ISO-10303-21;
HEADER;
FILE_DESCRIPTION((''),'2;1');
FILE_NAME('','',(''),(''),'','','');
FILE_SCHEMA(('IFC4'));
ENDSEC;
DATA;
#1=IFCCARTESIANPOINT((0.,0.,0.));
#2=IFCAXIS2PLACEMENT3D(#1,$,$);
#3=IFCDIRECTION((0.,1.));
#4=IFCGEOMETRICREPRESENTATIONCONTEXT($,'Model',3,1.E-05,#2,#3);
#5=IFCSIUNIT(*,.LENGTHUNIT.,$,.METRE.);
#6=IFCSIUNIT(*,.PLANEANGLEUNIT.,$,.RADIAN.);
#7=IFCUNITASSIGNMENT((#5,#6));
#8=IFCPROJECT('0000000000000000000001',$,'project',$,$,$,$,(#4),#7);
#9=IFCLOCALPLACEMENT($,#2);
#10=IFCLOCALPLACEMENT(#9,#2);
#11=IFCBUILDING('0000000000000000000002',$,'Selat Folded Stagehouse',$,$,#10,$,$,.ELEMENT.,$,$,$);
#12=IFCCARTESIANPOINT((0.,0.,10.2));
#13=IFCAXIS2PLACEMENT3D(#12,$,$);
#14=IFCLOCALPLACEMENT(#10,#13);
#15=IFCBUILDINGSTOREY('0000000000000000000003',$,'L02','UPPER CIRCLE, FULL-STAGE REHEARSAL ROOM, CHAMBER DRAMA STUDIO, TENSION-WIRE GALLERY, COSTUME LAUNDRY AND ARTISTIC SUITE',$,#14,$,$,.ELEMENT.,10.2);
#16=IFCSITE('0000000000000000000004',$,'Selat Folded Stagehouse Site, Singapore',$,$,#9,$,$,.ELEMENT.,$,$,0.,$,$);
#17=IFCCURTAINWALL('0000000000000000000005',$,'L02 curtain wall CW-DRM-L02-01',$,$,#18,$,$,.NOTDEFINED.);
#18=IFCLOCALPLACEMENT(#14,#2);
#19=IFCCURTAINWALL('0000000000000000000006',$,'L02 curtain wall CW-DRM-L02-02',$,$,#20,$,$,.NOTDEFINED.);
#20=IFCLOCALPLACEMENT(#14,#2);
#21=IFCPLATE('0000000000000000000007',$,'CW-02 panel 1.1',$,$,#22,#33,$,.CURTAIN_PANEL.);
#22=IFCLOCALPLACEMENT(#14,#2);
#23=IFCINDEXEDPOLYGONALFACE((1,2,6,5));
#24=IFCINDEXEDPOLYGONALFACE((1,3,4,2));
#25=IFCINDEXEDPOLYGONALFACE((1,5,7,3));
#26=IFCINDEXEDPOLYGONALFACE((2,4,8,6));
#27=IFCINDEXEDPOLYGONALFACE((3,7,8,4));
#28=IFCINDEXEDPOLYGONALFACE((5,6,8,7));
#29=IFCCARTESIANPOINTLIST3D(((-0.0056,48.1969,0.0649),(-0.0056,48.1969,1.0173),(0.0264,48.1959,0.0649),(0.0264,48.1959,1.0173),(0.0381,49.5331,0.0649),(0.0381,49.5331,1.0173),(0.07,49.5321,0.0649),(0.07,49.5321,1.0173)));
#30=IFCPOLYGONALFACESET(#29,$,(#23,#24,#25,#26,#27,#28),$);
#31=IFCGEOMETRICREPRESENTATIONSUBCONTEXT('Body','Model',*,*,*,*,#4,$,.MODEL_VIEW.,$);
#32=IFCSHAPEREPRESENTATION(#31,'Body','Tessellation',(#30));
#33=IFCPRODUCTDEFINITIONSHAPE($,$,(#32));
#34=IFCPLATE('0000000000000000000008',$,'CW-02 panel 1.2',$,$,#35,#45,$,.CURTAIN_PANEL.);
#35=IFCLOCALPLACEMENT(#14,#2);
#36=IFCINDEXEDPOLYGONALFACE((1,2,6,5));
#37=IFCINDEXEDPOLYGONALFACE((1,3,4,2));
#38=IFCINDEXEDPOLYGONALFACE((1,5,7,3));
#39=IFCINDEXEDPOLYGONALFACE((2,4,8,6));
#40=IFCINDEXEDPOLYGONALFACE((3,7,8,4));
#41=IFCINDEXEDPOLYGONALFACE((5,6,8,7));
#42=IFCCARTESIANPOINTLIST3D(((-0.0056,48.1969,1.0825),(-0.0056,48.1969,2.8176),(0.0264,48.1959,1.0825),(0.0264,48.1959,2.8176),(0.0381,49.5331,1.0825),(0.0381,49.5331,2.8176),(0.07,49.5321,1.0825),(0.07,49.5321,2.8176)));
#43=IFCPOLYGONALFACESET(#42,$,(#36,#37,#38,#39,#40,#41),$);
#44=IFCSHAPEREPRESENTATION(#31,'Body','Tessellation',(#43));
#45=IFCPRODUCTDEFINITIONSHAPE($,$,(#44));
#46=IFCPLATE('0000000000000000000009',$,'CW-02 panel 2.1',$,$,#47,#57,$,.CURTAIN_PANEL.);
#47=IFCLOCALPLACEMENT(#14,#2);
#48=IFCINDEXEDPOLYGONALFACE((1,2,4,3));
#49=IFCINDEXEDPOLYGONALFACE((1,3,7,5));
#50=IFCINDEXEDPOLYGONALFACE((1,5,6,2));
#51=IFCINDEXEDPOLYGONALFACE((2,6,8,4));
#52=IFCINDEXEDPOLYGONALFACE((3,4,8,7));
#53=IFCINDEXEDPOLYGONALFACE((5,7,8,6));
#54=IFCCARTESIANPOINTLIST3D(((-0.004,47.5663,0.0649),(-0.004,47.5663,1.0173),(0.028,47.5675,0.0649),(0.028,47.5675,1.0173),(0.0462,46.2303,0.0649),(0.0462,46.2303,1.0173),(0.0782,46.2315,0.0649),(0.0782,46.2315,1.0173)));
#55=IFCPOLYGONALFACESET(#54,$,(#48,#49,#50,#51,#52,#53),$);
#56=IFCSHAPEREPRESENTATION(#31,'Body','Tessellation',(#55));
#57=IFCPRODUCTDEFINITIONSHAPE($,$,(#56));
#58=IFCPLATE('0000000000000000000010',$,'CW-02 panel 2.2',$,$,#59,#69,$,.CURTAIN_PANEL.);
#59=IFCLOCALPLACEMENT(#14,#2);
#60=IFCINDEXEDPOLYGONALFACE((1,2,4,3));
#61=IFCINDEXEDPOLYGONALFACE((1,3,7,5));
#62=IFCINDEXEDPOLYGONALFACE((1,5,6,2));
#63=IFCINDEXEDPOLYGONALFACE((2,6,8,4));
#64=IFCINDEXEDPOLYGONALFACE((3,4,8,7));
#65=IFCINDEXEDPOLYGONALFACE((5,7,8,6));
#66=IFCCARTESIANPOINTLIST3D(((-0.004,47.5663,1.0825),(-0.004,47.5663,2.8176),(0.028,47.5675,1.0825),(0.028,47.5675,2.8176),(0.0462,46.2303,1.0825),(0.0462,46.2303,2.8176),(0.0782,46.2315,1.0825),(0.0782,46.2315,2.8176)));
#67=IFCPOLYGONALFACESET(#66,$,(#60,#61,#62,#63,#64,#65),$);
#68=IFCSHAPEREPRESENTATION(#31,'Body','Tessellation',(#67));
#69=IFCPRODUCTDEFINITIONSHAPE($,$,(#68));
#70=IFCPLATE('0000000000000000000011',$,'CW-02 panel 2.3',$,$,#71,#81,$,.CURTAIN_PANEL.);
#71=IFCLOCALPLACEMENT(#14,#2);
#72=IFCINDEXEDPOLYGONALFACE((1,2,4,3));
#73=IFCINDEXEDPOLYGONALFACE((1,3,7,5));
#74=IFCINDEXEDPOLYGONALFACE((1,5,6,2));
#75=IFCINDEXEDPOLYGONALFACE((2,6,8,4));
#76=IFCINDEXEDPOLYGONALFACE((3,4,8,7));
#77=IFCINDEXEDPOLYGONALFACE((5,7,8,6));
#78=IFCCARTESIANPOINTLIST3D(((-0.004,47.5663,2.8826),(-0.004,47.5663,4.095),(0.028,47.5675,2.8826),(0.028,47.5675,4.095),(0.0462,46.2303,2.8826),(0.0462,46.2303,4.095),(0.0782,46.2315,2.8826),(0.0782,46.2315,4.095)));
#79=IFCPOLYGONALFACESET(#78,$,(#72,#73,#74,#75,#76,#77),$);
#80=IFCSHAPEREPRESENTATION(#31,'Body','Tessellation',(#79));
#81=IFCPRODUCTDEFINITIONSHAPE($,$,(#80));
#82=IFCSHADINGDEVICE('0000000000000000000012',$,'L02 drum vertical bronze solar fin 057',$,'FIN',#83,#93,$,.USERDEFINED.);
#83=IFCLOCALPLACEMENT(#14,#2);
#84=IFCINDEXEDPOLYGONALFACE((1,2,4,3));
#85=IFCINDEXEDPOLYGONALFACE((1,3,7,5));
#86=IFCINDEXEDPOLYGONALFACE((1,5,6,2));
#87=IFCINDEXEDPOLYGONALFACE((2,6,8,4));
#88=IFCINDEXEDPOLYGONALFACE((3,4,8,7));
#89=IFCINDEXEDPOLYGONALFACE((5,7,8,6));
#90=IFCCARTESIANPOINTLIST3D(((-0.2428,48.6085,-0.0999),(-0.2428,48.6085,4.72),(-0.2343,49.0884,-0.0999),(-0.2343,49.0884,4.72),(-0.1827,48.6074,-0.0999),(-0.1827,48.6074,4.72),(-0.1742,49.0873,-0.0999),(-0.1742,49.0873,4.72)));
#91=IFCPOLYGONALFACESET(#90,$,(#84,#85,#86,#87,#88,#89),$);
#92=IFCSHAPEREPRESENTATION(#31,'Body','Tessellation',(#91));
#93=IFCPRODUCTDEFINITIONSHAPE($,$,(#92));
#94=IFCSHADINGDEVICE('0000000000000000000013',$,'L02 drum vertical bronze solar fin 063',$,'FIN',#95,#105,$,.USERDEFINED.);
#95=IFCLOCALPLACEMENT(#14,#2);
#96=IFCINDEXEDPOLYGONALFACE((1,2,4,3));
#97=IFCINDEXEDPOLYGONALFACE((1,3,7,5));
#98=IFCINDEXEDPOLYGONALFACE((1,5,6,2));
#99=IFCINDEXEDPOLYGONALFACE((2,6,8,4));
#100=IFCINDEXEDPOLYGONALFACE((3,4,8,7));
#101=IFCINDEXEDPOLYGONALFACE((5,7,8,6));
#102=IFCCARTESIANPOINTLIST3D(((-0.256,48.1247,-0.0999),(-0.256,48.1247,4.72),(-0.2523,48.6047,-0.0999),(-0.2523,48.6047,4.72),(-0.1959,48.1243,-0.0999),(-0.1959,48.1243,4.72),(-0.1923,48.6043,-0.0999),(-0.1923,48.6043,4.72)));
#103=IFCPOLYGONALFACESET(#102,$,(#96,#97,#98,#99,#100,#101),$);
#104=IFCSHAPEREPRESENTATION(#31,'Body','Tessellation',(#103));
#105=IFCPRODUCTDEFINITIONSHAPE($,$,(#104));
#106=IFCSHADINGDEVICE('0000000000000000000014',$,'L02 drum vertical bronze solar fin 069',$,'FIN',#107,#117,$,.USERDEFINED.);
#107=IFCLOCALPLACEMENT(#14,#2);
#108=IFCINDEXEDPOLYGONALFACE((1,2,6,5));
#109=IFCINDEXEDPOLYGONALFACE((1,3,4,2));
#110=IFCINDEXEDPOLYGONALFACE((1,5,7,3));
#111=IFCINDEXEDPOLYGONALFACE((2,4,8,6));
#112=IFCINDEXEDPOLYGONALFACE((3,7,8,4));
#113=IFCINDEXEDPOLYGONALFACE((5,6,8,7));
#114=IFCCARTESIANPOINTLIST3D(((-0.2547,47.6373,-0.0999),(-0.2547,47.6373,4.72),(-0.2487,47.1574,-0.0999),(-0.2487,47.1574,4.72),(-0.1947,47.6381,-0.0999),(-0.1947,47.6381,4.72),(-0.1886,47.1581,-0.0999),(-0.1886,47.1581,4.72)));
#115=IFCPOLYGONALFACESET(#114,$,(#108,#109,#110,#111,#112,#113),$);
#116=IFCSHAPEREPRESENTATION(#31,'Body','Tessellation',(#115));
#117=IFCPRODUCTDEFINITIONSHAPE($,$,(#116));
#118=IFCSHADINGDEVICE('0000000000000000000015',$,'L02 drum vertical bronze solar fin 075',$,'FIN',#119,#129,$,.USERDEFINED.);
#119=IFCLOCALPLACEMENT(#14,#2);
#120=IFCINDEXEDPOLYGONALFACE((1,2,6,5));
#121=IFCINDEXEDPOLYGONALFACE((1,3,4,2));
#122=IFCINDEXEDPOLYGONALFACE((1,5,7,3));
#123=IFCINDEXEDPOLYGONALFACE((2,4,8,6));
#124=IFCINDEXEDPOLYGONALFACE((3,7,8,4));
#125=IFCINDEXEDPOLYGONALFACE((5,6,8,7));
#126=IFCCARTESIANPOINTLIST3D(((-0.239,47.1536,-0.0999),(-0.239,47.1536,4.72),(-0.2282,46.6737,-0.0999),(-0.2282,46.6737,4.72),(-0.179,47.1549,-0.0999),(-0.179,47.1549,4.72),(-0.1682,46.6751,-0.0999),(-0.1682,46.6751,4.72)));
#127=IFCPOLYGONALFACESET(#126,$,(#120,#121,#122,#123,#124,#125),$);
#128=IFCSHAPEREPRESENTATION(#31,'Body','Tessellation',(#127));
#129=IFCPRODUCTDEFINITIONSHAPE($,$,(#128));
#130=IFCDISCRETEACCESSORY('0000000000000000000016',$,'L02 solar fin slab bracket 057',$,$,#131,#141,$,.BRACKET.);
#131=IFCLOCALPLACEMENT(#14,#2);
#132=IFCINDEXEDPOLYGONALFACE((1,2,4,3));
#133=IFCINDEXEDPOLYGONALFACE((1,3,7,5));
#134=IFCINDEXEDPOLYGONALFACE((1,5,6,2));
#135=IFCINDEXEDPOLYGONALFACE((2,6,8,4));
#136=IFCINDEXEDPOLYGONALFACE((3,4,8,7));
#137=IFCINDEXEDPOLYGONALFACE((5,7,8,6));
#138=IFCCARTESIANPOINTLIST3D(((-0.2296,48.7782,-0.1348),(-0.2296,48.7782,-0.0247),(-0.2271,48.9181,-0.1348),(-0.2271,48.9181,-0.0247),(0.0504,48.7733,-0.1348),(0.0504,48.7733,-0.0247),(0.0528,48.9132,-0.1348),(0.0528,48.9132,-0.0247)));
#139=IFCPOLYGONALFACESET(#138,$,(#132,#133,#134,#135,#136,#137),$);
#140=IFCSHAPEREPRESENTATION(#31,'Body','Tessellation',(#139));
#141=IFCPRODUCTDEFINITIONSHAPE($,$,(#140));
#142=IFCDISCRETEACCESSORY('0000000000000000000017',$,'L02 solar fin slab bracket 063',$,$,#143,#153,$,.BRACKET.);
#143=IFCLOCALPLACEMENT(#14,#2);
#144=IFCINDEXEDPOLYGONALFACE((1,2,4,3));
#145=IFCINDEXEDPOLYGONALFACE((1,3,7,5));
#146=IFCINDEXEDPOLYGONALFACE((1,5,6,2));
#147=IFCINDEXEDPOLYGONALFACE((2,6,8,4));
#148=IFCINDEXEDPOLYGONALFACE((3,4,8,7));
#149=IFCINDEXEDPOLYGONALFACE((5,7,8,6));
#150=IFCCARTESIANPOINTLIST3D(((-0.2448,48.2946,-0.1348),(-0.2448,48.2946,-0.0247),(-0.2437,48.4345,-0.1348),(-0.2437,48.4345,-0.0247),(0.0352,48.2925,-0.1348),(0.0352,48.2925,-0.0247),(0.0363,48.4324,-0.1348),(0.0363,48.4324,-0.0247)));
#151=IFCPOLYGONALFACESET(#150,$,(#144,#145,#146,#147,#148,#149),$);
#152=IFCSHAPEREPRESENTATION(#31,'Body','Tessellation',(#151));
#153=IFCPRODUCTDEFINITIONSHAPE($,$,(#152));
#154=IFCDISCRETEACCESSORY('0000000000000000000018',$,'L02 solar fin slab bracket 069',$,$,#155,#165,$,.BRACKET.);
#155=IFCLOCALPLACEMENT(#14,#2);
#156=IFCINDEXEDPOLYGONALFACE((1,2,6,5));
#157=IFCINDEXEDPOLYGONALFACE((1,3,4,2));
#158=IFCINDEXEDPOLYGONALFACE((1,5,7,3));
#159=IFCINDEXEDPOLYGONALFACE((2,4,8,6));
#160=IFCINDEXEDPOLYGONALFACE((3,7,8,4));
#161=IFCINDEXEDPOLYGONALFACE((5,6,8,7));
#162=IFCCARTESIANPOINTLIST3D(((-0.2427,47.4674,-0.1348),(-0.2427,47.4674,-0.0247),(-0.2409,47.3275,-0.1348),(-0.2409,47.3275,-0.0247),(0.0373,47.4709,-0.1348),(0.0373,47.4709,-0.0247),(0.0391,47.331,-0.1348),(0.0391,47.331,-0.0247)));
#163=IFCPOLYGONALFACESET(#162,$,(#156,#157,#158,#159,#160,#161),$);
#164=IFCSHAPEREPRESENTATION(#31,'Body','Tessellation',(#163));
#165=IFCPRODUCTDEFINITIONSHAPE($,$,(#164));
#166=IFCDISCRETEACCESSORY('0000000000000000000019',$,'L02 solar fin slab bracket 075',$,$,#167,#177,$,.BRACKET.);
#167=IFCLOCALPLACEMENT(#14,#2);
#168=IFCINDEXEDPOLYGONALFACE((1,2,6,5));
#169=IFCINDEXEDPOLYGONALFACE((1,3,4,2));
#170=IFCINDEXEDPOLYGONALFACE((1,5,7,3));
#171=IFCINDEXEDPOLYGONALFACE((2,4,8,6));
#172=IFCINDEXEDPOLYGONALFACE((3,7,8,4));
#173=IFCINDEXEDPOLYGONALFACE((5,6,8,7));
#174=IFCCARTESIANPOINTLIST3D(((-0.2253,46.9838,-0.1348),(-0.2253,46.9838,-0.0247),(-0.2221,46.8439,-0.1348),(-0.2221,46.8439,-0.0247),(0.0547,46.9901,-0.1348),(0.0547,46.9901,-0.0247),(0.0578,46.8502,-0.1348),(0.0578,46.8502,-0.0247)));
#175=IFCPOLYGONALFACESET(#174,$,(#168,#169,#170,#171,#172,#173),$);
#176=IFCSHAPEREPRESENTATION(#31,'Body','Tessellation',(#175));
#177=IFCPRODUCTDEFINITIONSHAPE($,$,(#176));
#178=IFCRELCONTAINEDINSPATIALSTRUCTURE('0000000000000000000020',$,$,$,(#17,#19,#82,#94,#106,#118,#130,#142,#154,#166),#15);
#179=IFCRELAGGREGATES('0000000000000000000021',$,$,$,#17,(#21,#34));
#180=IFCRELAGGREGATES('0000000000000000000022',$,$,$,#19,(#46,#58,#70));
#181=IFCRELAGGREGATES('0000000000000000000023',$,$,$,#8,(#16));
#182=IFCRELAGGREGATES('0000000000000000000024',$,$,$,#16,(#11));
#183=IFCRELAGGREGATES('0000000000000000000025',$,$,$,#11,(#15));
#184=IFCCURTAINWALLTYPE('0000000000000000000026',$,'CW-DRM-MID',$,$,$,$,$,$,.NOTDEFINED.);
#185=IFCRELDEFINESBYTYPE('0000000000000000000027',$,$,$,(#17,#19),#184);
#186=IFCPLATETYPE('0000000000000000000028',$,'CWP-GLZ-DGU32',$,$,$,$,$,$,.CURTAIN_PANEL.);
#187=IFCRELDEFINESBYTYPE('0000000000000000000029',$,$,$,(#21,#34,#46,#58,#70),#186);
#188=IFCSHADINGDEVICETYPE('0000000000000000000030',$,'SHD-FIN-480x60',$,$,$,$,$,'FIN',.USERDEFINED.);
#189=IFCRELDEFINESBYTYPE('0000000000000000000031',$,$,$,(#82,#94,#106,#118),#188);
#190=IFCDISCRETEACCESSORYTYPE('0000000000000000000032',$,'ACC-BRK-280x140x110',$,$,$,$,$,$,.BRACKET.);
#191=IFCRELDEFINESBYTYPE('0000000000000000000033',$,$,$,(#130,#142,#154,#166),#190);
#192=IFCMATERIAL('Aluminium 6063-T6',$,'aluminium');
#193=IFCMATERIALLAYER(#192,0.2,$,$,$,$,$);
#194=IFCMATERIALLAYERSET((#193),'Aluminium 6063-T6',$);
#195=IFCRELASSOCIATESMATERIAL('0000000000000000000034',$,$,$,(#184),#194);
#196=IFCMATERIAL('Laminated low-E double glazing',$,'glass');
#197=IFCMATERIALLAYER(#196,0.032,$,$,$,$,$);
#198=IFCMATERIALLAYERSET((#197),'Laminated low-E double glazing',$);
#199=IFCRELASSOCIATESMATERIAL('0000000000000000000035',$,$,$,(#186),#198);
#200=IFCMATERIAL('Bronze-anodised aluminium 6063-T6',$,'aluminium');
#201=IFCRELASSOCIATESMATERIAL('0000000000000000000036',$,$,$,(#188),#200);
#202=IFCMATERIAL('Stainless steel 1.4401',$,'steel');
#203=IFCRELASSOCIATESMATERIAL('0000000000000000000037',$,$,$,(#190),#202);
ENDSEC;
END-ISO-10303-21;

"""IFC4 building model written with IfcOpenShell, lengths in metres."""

from ifc_helpers import new_model, si_unit, direction, frame, origin, origin_2d, place, context, subcontext, project, spatial, rectangle, extrude, material, layer, layer_set, material_profile, profile_set, type_object, element, aggregate, save


model = new_model("IFC4")

# Units and contexts
model_context = context("Model", 3, precision=1e-05, world=origin(), true_north=direction((0.0, 1.0)))
body_context = subcontext(model_context, "Body", "Model", "MODEL_VIEW")
ifc_project = project(units=[si_unit("LENGTHUNIT", "METRE"), si_unit("PLANEANGLEUNIT", "RADIAN")], contexts=[model_context])

# Site, building, storey
site_placement = place(None, origin())
site = spatial("IfcSite", under=ifc_project, at=site_placement, Name="Selat Folded Stagehouse Site, Singapore", CompositionType="ELEMENT", RefElevation=0.0)
building_placement = place(site_placement, origin())
building = spatial("IfcBuilding", under=site, at=building_placement, Name="Selat Folded Stagehouse", CompositionType="ELEMENT")
storey_placement = place(building_placement, frame((0.0, 0.0, 10.2)))
storey = spatial("IfcBuildingStorey", under=building, at=storey_placement, Name="L02", Description="UPPER CIRCLE, FULL-STAGE REHEARSAL ROOM, CHAMBER DRAMA STUDIO, TENSION-WIRE GALLERY, COSTUME LAUNDRY AND ARTISTIC SUITE", CompositionType="ELEMENT", Elevation=10.2)

# Curtain walls
ifc_material_1 = material(Name="Aluminium 6063-T6", Category="aluminium")
ifc_layer_1 = layer(ifc_material_1, 0.2)
ifc_layer_set_1 = layer_set([ifc_layer_1], Name="Aluminium 6063-T6")
curtain_wall_type = type_object("IfcCurtainWallType", Name="CW-DRM-MID", PredefinedType="NOTDEFINED", material=ifc_layer_set_1)
curtain_wall_1_placement = place(storey_placement, origin())
curtain_wall_1 = element("IfcCurtainWall", 1, at=curtain_wall_1_placement, inside=storey, type_object=curtain_wall_type, Name="L02 curtain wall CW-DRM-L02-01", PredefinedType="NOTDEFINED")
curtain_wall_2_placement = place(storey_placement, origin())
curtain_wall_2 = element("IfcCurtainWall", 2, at=curtain_wall_2_placement, inside=storey, type_object=curtain_wall_type, Name="L02 curtain wall CW-DRM-L02-02", PredefinedType="NOTDEFINED")

# Plates
ifc_material_2 = material(Name="Laminated low-E double glazing", Category="glass")
ifc_layer_2 = layer(ifc_material_2, 0.032)
ifc_layer_set_2 = layer_set([ifc_layer_2], Name="Laminated low-E double glazing")
plate_type = type_object("IfcPlateType", Name="CWP-GLZ-DGU32", PredefinedType="CURTAIN_PANEL", material=ifc_layer_set_2)
plate_1_placement = place(storey_placement, frame((0.0322, 48.8645, 0.0649), z_axis=(0.0, 0.0, 1.0), x_axis=(0.032625, 0.999468, 0.0)))
plate_1 = element("IfcPlate", 3, at=plate_1_placement, type_object=plate_type, Name="CW-02 panel 1.1", PredefinedType="CURTAIN_PANEL", context=body_context, shape_type="SweptSolid", body=[
    extrude(rectangle(XDim=1.3369, YDim=0.032, at=origin_2d()), origin(), (0.0, 0.0, 1.0), 0.9524),
])
plate_2_placement = place(storey_placement, frame((0.0322, 48.8645, 1.0825), z_axis=(0.0, 0.0, 1.0), x_axis=(0.032625, 0.999468, 0.0)))
plate_2 = element("IfcPlate", 4, at=plate_2_placement, type_object=plate_type, Name="CW-02 panel 1.2", PredefinedType="CURTAIN_PANEL", context=body_context, shape_type="SweptSolid", body=[
    extrude(rectangle(XDim=1.3369, YDim=0.032, at=origin_2d()), origin(), (0.0, 0.0, 1.0), 1.7351),
])
aggregate(curtain_wall_1, [plate_1, plate_2])
plate_3_placement = place(storey_placement, frame((0.0371, 46.8989, 0.0649), z_axis=(0.0, 0.0, 1.0), x_axis=(-0.037574, 0.999294, 0.0)))
plate_3 = element("IfcPlate", 5, at=plate_3_placement, type_object=plate_type, Name="CW-02 panel 2.1", PredefinedType="CURTAIN_PANEL", context=body_context, shape_type="SweptSolid", body=[
    extrude(rectangle(XDim=1.3369, YDim=0.032, at=origin_2d()), origin(), (0.0, 0.0, 1.0), 0.9524),
])
plate_4_placement = place(storey_placement, frame((0.0371, 46.8989, 1.0825), z_axis=(0.0, 0.0, 1.0), x_axis=(-0.037574, 0.999294, 0.0)))
plate_4 = element("IfcPlate", 6, at=plate_4_placement, type_object=plate_type, Name="CW-02 panel 2.2", PredefinedType="CURTAIN_PANEL", context=body_context, shape_type="SweptSolid", body=[
    extrude(rectangle(XDim=1.3369, YDim=0.032, at=origin_2d()), origin(), (0.0, 0.0, 1.0), 1.7351),
])
plate_5_placement = place(storey_placement, frame((0.0371, 46.8989, 2.8826), z_axis=(0.0, 0.0, 1.0), x_axis=(-0.037574, 0.999294, 0.0)))
plate_5 = element("IfcPlate", 7, at=plate_5_placement, type_object=plate_type, Name="CW-02 panel 2.3", PredefinedType="CURTAIN_PANEL", context=body_context, shape_type="SweptSolid", body=[
    extrude(rectangle(XDim=1.3369, YDim=0.032, at=origin_2d()), origin(), (0.0, 0.0, 1.0), 1.2124),
])
aggregate(curtain_wall_2, [plate_3, plate_4, plate_5])

# Shading devices
ifc_material_3 = material(Name="Bronze-anodised aluminium 6063-T6", Category="aluminium")
ifc_material_profile_1 = material_profile(ifc_material_3, rectangle(XDim=0.0601, YDim=0.48, at=origin_2d()), Name="SOLAR-FIN 480x60")
ifc_profile_set_1 = profile_set([ifc_material_profile_1], Name="Bronze-anodised aluminium 6063-T6")
shading_device_type = type_object("IfcShadingDeviceType", Name="SHD-FIN-480x60", ElementType="FIN", PredefinedType="USERDEFINED", material=ifc_profile_set_1)
for number, where, z_axis, x_axis, name in (
    (8, (-0.2085, 48.8479, -0.0999), (0.0, 0.0, 1.0), (-0.999845, 0.017627, 0.0), "L02 drum vertical bronze solar fin 057"),
    (9, (-0.2241, 48.3645, -0.0999), (0.0, 0.0, 1.0), (-0.999972, 0.007505, 0.0), "L02 drum vertical bronze solar fin 063"),
    (10, (-0.2217, 47.3977, -0.0999), (0.0, 0.0, 1.0), (-0.999921, -0.012566, 0.0), "L02 drum vertical bronze solar fin 069"),
    (11, (-0.2036, 46.9143, -0.0999), (0.0, 0.0, 1.0), (-0.999747, -0.022513, 0.0), "L02 drum vertical bronze solar fin 075"),
):
    element("IfcShadingDevice", number, at=place(storey_placement, frame(where, z_axis=z_axis, x_axis=x_axis)), inside=storey, type_object=shading_device_type, Name=name, ObjectType="FIN", PredefinedType="USERDEFINED", context=body_context, shape_type="SweptSolid", body=[
        extrude(rectangle(XDim=0.0601, YDim=0.48, at=origin_2d()), origin(), (0.0, 0.0, 1.0), 4.8198),
    ])

# Discrete accessories
ifc_material_4 = material(Name="Stainless steel 1.4401", Category="steel")
discrete_accessory_type = type_object("IfcDiscreteAccessoryType", Name="ACC-BRK-280x140x110", PredefinedType="BRACKET", material=ifc_material_4)
for number, where, z_axis, x_axis, name in (
    (12, (-0.0884, 48.8457, -0.1348), (0.0, 0.0, 1.0), (-0.999845, 0.017627, 0.0), "L02 solar fin slab bracket 057"),
    (13, (-0.1042, 48.3635, -0.1348), (0.0, 0.0, 1.0), (-0.999972, 0.007505, 0.0), "L02 solar fin slab bracket 063"),
    (14, (-0.1018, 47.3992, -0.1348), (0.0, 0.0, 1.0), (-0.999921, -0.012566, 0.0), "L02 solar fin slab bracket 069"),
    (15, (-0.0837, 46.917, -0.1348), (0.0, 0.0, 1.0), (-0.999747, -0.022513, 0.0), "L02 solar fin slab bracket 075"),
):
    element("IfcDiscreteAccessory", number, at=place(storey_placement, frame(where, z_axis=z_axis, x_axis=x_axis)), inside=storey, type_object=discrete_accessory_type, Name=name, PredefinedType="BRACKET", context=body_context, shape_type="SweptSolid", body=[
        extrude(rectangle(XDim=0.28, YDim=0.1399, at=origin_2d()), origin(), (0.0, 0.0, 1.0), 0.1101),
    ])

save(model, "model.ifc")
